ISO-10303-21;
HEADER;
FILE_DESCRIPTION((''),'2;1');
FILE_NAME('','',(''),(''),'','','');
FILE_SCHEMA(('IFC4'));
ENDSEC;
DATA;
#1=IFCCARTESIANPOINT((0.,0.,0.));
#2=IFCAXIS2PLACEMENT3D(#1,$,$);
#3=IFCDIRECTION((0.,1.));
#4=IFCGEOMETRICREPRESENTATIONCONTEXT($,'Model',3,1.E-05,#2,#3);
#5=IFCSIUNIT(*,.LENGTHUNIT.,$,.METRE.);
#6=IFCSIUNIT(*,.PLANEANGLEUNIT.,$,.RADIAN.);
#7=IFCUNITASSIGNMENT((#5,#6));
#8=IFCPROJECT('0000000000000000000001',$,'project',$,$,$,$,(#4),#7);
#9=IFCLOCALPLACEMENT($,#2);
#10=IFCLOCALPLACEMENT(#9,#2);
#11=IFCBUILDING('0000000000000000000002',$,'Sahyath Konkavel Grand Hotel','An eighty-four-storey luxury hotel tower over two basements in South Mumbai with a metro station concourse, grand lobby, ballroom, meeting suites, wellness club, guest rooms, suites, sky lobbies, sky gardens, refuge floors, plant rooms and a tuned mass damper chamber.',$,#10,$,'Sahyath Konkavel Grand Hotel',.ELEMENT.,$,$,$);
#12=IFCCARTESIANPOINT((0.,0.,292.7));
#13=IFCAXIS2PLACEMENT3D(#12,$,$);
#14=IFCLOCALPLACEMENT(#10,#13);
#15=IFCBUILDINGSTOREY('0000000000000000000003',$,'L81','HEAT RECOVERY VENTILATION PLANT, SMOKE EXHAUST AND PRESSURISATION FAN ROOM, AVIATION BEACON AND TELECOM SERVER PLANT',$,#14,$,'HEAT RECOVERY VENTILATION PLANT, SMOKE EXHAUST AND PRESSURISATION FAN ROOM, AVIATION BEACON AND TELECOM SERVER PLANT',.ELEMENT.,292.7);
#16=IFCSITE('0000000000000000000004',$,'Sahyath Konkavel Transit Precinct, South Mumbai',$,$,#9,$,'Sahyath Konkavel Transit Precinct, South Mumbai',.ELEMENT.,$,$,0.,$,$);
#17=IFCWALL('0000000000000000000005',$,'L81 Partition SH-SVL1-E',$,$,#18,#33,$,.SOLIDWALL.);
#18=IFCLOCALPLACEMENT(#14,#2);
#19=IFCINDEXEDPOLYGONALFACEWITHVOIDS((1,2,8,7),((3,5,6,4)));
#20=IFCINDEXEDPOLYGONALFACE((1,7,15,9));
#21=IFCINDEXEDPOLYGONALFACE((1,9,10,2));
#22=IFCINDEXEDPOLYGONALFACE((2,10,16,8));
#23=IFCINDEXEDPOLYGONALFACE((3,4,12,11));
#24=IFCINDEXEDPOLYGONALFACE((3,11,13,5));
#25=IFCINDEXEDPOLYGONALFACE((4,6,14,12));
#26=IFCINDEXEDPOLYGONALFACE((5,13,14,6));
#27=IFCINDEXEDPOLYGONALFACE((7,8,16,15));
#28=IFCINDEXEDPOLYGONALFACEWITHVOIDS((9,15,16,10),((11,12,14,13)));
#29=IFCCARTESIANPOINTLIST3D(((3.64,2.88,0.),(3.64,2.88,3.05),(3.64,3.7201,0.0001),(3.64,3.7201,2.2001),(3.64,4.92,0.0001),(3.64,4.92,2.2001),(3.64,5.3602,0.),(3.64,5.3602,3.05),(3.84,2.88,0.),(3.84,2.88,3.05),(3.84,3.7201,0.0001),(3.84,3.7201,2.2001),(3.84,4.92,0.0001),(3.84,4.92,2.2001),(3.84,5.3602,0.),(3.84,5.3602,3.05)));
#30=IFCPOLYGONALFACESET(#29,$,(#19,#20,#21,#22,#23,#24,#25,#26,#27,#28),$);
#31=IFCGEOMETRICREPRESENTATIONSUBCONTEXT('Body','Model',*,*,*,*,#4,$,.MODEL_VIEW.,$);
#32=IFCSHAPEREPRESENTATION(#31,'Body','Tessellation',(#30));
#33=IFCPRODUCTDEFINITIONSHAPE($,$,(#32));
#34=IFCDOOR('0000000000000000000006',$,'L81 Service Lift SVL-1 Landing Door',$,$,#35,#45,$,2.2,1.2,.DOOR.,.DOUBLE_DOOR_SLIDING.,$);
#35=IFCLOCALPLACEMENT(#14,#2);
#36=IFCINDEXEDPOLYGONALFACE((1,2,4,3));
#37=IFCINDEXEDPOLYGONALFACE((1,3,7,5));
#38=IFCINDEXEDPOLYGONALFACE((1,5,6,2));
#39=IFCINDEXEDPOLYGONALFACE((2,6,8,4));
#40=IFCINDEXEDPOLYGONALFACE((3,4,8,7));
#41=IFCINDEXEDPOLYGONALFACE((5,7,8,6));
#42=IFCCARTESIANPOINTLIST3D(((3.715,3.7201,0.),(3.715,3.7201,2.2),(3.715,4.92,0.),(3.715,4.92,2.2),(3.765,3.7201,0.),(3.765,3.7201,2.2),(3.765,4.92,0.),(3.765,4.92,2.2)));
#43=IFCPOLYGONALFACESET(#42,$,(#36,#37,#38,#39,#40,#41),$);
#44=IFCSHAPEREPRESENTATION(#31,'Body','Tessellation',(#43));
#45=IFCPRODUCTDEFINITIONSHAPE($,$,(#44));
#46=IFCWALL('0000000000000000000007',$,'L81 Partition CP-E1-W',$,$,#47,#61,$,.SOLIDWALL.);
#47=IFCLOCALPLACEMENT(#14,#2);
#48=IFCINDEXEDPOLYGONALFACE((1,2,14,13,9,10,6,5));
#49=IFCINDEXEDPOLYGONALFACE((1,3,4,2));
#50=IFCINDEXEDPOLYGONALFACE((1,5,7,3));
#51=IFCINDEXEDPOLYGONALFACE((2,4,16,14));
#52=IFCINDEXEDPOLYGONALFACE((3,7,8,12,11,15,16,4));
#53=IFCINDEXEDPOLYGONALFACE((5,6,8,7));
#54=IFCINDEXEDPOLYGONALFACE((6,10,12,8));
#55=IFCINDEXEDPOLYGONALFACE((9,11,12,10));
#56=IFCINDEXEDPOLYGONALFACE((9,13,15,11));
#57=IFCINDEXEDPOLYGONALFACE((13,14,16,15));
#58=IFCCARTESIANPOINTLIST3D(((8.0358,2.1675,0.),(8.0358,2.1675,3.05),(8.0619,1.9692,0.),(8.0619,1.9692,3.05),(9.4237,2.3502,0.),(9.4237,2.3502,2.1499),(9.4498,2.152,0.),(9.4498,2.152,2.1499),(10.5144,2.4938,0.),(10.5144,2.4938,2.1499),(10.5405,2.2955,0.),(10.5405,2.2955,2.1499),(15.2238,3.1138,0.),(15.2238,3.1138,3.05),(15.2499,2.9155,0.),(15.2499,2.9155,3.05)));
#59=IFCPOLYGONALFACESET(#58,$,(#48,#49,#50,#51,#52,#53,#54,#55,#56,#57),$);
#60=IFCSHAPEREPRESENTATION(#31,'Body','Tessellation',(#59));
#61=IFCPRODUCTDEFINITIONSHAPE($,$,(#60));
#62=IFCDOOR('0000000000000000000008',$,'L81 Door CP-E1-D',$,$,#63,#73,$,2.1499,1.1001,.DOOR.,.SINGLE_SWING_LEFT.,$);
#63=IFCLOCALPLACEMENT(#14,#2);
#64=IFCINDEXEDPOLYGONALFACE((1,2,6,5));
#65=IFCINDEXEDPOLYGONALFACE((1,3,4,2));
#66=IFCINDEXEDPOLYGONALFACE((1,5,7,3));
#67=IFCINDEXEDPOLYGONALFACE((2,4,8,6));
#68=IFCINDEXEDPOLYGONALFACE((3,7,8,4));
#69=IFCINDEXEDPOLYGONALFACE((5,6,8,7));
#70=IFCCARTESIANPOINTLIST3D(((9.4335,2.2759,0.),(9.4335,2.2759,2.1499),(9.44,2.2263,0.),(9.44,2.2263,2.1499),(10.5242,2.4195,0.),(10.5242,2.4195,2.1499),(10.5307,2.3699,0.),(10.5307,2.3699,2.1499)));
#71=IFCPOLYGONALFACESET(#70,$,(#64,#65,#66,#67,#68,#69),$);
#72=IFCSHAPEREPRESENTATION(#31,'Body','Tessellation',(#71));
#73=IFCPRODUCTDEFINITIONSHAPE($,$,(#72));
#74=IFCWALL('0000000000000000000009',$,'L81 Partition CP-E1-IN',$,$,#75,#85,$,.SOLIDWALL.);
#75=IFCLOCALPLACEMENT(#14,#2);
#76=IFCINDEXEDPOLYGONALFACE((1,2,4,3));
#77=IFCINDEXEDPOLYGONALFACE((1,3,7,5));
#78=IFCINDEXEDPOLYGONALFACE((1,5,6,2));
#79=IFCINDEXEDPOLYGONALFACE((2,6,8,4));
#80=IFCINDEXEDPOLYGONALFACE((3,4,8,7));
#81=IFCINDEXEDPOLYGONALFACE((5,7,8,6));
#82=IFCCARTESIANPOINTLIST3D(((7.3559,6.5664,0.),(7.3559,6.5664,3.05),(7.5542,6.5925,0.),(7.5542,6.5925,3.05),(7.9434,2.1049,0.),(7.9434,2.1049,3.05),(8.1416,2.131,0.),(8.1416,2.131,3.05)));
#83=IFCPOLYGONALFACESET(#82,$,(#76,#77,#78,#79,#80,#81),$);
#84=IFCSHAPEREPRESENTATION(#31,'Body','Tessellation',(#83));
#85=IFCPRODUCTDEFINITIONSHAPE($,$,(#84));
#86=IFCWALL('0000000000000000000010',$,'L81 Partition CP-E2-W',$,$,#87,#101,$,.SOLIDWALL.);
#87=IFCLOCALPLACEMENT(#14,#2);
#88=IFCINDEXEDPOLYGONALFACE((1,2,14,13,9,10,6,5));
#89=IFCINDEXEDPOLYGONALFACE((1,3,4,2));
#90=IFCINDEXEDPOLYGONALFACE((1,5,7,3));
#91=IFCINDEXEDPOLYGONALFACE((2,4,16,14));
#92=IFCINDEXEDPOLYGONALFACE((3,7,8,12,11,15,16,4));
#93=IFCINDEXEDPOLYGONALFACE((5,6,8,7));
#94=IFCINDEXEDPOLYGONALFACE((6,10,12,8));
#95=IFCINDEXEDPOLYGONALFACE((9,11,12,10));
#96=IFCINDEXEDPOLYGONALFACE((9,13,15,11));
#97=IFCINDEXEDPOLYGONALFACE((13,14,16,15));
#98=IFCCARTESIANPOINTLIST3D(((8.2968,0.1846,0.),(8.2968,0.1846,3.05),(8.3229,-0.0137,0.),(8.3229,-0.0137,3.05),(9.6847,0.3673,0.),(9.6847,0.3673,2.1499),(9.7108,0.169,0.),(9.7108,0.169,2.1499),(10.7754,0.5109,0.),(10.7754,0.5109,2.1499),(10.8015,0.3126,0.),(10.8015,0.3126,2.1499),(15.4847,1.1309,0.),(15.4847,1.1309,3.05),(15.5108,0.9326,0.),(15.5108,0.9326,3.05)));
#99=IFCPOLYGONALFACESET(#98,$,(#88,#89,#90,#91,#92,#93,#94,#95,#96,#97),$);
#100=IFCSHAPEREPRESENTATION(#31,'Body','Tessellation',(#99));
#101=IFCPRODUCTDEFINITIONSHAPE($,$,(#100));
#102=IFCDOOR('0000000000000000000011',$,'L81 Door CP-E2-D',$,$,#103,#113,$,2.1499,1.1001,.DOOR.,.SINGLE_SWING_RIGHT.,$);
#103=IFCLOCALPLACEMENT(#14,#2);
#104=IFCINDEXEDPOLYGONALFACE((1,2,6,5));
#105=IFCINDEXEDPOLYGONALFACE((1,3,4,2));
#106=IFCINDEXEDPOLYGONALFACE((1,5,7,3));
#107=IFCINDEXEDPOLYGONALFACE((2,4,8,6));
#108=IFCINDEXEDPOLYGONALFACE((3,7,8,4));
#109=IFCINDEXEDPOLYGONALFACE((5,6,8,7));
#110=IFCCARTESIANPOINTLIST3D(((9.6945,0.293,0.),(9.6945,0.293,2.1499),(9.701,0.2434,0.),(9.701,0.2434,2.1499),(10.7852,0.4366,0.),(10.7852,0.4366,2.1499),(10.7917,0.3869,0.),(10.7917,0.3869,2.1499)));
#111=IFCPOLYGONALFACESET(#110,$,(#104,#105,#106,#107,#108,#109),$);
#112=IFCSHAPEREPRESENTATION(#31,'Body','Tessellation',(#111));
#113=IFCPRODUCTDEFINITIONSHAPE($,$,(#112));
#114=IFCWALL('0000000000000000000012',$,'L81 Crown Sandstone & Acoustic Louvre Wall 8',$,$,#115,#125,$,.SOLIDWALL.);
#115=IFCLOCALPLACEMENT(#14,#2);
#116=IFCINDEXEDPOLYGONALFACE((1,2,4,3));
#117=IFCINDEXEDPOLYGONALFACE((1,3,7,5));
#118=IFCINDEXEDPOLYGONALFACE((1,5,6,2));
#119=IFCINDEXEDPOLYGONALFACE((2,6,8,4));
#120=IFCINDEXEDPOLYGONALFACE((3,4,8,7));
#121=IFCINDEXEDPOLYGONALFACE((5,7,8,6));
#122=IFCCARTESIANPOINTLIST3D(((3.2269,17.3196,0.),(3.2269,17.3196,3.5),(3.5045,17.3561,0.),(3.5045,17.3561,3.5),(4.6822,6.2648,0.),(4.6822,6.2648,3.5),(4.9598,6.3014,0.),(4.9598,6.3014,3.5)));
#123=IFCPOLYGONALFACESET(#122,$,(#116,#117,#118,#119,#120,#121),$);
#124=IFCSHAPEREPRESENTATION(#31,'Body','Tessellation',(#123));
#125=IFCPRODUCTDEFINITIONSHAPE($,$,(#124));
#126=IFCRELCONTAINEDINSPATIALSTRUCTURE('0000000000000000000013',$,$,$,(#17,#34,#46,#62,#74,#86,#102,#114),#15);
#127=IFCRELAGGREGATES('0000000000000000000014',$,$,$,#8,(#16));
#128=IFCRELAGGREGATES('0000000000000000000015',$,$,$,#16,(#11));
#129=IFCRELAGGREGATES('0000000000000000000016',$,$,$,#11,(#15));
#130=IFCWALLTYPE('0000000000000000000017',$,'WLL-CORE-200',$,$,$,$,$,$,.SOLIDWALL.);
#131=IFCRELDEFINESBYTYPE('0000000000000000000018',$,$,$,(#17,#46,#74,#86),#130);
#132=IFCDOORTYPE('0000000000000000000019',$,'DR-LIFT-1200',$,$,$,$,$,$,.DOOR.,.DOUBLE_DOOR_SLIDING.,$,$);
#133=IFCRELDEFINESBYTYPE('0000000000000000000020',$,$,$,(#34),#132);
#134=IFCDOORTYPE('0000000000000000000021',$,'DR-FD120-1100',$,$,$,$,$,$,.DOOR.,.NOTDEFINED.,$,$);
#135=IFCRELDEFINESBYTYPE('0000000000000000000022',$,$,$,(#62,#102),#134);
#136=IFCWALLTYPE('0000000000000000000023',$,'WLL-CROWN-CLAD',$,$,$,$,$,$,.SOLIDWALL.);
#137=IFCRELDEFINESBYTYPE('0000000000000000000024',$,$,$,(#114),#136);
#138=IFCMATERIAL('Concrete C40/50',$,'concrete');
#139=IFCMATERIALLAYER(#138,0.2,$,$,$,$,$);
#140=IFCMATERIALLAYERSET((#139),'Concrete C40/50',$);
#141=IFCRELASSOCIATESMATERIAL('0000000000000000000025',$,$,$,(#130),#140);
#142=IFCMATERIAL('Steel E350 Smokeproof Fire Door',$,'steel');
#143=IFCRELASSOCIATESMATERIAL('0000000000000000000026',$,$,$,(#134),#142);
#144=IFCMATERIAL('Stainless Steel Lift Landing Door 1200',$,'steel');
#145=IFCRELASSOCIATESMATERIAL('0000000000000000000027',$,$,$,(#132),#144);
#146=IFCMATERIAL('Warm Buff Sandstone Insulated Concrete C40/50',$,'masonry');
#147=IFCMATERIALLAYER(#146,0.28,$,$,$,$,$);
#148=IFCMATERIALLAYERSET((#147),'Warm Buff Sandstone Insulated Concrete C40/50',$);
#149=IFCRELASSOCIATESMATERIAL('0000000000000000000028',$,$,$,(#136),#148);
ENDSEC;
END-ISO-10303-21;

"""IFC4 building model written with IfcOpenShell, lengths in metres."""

from ifc_helpers import new_model, si_unit, direction, frame, frame_2d, origin, origin_2d, place, context, subcontext, project, spatial, rectangle, extrude, source, transform, mapped, material, layer, layer_set, type_object, element, fill, save


model = new_model("IFC4")

# Units and contexts
model_context = context("Model", 3, precision=1e-05, world=origin(), true_north=direction((0.0, 1.0)))
body_context = subcontext(model_context, "Body", "Model", "MODEL_VIEW")
ifc_project = project(units=[si_unit("LENGTHUNIT", "METRE"), si_unit("PLANEANGLEUNIT", "RADIAN")], contexts=[model_context])

# Site, building, storey
site_placement = place(None, origin())
site = spatial("IfcSite", under=ifc_project, at=site_placement, Name="Sahyath Konkavel Transit Precinct, South Mumbai", LongName="Sahyath Konkavel Transit Precinct, South Mumbai", CompositionType="ELEMENT", RefElevation=0.0)
building_placement = place(site_placement, origin())
building = spatial("IfcBuilding", under=site, at=building_placement, Name="Sahyath Konkavel Grand Hotel", Description="An eighty-four-storey luxury hotel tower over two basements in South Mumbai with a metro station concourse, grand lobby, ballroom, meeting suites, wellness club, guest rooms, suites, sky lobbies, sky gardens, refuge floors, plant rooms and a tuned mass damper chamber.", LongName="Sahyath Konkavel Grand Hotel", CompositionType="ELEMENT")
storey_placement = place(building_placement, frame((0.0, 0.0, 292.7)))
storey = spatial("IfcBuildingStorey", under=building, at=storey_placement, Name="L81", Description="HEAT RECOVERY VENTILATION PLANT, SMOKE EXHAUST AND PRESSURISATION FAN ROOM, AVIATION BEACON AND TELECOM SERVER PLANT", LongName="HEAT RECOVERY VENTILATION PLANT, SMOKE EXHAUST AND PRESSURISATION FAN ROOM, AVIATION BEACON AND TELECOM SERVER PLANT", CompositionType="ELEMENT", Elevation=292.7)

# Shared definitions
ifc_material_1 = material(Name="Concrete C40/50", Category="concrete")

# Shared definitions
ifc_layer_1 = layer(ifc_material_1, 0.2)
ifc_layer_set_1 = layer_set([ifc_layer_1], Name="Concrete C40/50")
wall_type_1 = type_object("IfcWallType", Name="WLL-CORE-200", PredefinedType="SOLIDWALL", material=ifc_layer_set_1)
ifc_material_2 = material(Name="Steel E350 Smokeproof Fire Door", Category="steel")
door_type_1 = type_object("IfcDoorType", Name="DR-FD120-1100", OperationType="NOTDEFINED", PredefinedType="DOOR", material=ifc_material_2)
shared_shape_1 = source(origin(), body_context, "Body", "SweptSolid", [
    extrude(rectangle(XDim=1.1001, YDim=0.05, at=origin_2d()), origin(), (0.0, 0.0, 1.0), 2.1499),
])

# Walls, openings, doors
wall_1_placement = place(storey_placement, frame((3.74, 2.8799, 0.0), z_axis=(0.0, 0.0, 1.0), x_axis=(0.0, 1.0, 0.0)))
wall_1 = element("IfcWall", 1, at=wall_1_placement, inside=storey, type_object=wall_type_1, Name="L81 Partition SH-SVL1-E", PredefinedType="SOLIDWALL", context=body_context, shape_type="SweptSolid", body=[
    extrude(rectangle(XDim=2.4802, YDim=0.2, at=frame_2d((1.2402, 0.0))), origin(), (0.0, 0.0, 1.0), 3.05),
])
opening_1_placement = place(wall_1_placement, frame((0.8401, 0.0, 0.0)))
opening_1 = element("IfcOpeningElement", 2, at=opening_1_placement, cuts=wall_1, PredefinedType="OPENING", context=body_context, shape_type="SweptSolid", body=[
    extrude(rectangle(XDim=1.2, YDim=2.2, at=frame_2d((0.6001, 1.1001))), frame((0.0, 0.1099, 0.0), z_axis=(0.0, -1.0, 0.0), x_axis=(1.0, 0.0, 0.0)), (0.0, 0.0, 1.0), 0.22),
])
ifc_material_3 = material(Name="Stainless Steel Lift Landing Door 1200", Category="steel")
door_type_2 = type_object("IfcDoorType", Name="DR-LIFT-1200", OperationType="DOUBLE_DOOR_SLIDING", PredefinedType="DOOR", material=ifc_material_3)
shared_shape_2 = source(origin(), body_context, "Body", "SweptSolid", [
    extrude(rectangle(XDim=1.2, YDim=0.05, at=origin_2d()), origin(), (0.0, 0.0, 1.0), 2.2),
])
door_1_placement = place(opening_1_placement, frame((0.6001, 0.0, 0.0)))
door_1 = element("IfcDoor", 3, at=door_1_placement, inside=storey, type_object=door_type_2, Name="L81 Service Lift SVL-1 Landing Door", OperationType="DOUBLE_DOOR_SLIDING", OverallHeight=2.2, OverallWidth=1.2, PredefinedType="DOOR", context=body_context, shape_type="MappedRepresentation", body=[
    mapped(shared_shape_2, transform((0.0, 0.0, 0.0), scale=1.0)),
])
fill(opening_1, door_1)
wall_2_placement = place(storey_placement, frame((8.0488, 2.0684, 0.0), z_axis=(0.0, 0.0, 1.0), x_axis=(0.991445, 0.130522, 0.0)))
wall_2 = element("IfcWall", 4, at=wall_2_placement, inside=storey, type_object=wall_type_1, Name="L81 Partition CP-E1-W", PredefinedType="SOLIDWALL", context=body_context, shape_type="SweptSolid", body=[
    extrude(rectangle(XDim=7.25, YDim=0.2, at=frame_2d((3.625, 0.0))), origin(), (0.0, 0.0, 1.0), 3.05),
])
opening_2_placement = place(wall_2_placement, frame((1.3999, 0.0, 0.0)))
opening_2 = element("IfcOpeningElement", 5, at=opening_2_placement, cuts=wall_2, PredefinedType="OPENING", context=body_context, shape_type="SweptSolid", body=[
    extrude(rectangle(XDim=1.1001, YDim=2.1499, at=frame_2d((0.55, 1.075))), frame((0.0, 0.1099, 0.0), z_axis=(0.0, -1.0, 0.0), x_axis=(1.0, 0.0, 0.0)), (0.0, 0.0, 1.0), 0.22),
])
door_2_placement = place(opening_2_placement, frame((0.55, 0.0, 0.0)))
door_2 = element("IfcDoor", 6, at=door_2_placement, inside=storey, type_object=door_type_1, Name="L81 Door CP-E1-D", OperationType="SINGLE_SWING_LEFT", OverallHeight=2.1499, OverallWidth=1.1001, PredefinedType="DOOR", context=body_context, shape_type="MappedRepresentation", body=[
    mapped(shared_shape_1, transform((0.0, 0.0, 0.0), scale=1.0)),
])
fill(opening_2, door_2)

# Wall
wall_3_placement = place(storey_placement, frame((8.0425, 2.1179, 0.0), z_axis=(0.0, 0.0, 1.0), x_axis=(-0.130536, 0.991444, 0.0)))
element("IfcWall", 7, at=wall_3_placement, inside=storey, type_object=wall_type_1, Name="L81 Partition CP-E1-IN", PredefinedType="SOLIDWALL", context=body_context, shape_type="SweptSolid", body=[
    extrude(rectangle(XDim=4.5, YDim=0.2, at=frame_2d((2.25, 0.0))), origin(), (0.0, 0.0, 1.0), 3.05),
])

# Wall, opening, door
wall_4_placement = place(storey_placement, frame((8.3098, 0.0854, 0.0), z_axis=(0.0, 0.0, 1.0), x_axis=(0.991445, 0.130522, 0.0)))
wall_4 = element("IfcWall", 8, at=wall_4_placement, inside=storey, type_object=wall_type_1, Name="L81 Partition CP-E2-W", PredefinedType="SOLIDWALL", context=body_context, shape_type="SweptSolid", body=[
    extrude(rectangle(XDim=7.25, YDim=0.2, at=frame_2d((3.625, 0.0))), origin(), (0.0, 0.0, 1.0), 3.05),
])
opening_3_placement = place(wall_4_placement, frame((1.3999, 0.0, 0.0)))
opening_3 = element("IfcOpeningElement", 9, at=opening_3_placement, cuts=wall_4, PredefinedType="OPENING", context=body_context, shape_type="SweptSolid", body=[
    extrude(rectangle(XDim=1.1001, YDim=2.1499, at=frame_2d((0.55, 1.075))), frame((0.0, 0.1099, 0.0), z_axis=(0.0, -1.0, 0.0), x_axis=(1.0, 0.0, 0.0)), (0.0, 0.0, 1.0), 0.22),
])
door_3_placement = place(opening_3_placement, frame((0.55, 0.0, 0.0)))
door_3 = element("IfcDoor", 10, at=door_3_placement, inside=storey, type_object=door_type_1, Name="L81 Door CP-E2-D", OperationType="SINGLE_SWING_RIGHT", OverallHeight=2.1499, OverallWidth=1.1001, PredefinedType="DOOR", context=body_context, shape_type="MappedRepresentation", body=[
    mapped(shared_shape_1, transform((0.0, 0.0, 0.0), scale=1.0)),
])
fill(opening_3, door_3)

# Wall
ifc_material_4 = material(Name="Warm Buff Sandstone Insulated Concrete C40/50", Category="masonry")
ifc_layer_2 = layer(ifc_material_4, 0.28)
ifc_layer_set_2 = layer_set([ifc_layer_2], Name="Warm Buff Sandstone Insulated Concrete C40/50")
wall_type_2 = type_object("IfcWallType", Name="WLL-CROWN-CLAD", PredefinedType="SOLIDWALL", material=ifc_layer_set_2)
wall_5_placement = place(storey_placement, frame((4.821, 6.283, 0.0), z_axis=(0.0, 0.0, 1.0), x_axis=(-0.130521, 0.991445, 0.0)))
element("IfcWall", 11, at=wall_5_placement, inside=storey, type_object=wall_type_2, Name="L81 Crown Sandstone & Acoustic Louvre Wall 8", PredefinedType="SOLIDWALL", context=body_context, shape_type="SweptSolid", body=[
    extrude(rectangle(XDim=11.1501, YDim=0.28, at=frame_2d((5.5752, 0.0))), origin(), (0.0, 0.0, 1.0), 3.5),
])

save(model, "model.ifc")
